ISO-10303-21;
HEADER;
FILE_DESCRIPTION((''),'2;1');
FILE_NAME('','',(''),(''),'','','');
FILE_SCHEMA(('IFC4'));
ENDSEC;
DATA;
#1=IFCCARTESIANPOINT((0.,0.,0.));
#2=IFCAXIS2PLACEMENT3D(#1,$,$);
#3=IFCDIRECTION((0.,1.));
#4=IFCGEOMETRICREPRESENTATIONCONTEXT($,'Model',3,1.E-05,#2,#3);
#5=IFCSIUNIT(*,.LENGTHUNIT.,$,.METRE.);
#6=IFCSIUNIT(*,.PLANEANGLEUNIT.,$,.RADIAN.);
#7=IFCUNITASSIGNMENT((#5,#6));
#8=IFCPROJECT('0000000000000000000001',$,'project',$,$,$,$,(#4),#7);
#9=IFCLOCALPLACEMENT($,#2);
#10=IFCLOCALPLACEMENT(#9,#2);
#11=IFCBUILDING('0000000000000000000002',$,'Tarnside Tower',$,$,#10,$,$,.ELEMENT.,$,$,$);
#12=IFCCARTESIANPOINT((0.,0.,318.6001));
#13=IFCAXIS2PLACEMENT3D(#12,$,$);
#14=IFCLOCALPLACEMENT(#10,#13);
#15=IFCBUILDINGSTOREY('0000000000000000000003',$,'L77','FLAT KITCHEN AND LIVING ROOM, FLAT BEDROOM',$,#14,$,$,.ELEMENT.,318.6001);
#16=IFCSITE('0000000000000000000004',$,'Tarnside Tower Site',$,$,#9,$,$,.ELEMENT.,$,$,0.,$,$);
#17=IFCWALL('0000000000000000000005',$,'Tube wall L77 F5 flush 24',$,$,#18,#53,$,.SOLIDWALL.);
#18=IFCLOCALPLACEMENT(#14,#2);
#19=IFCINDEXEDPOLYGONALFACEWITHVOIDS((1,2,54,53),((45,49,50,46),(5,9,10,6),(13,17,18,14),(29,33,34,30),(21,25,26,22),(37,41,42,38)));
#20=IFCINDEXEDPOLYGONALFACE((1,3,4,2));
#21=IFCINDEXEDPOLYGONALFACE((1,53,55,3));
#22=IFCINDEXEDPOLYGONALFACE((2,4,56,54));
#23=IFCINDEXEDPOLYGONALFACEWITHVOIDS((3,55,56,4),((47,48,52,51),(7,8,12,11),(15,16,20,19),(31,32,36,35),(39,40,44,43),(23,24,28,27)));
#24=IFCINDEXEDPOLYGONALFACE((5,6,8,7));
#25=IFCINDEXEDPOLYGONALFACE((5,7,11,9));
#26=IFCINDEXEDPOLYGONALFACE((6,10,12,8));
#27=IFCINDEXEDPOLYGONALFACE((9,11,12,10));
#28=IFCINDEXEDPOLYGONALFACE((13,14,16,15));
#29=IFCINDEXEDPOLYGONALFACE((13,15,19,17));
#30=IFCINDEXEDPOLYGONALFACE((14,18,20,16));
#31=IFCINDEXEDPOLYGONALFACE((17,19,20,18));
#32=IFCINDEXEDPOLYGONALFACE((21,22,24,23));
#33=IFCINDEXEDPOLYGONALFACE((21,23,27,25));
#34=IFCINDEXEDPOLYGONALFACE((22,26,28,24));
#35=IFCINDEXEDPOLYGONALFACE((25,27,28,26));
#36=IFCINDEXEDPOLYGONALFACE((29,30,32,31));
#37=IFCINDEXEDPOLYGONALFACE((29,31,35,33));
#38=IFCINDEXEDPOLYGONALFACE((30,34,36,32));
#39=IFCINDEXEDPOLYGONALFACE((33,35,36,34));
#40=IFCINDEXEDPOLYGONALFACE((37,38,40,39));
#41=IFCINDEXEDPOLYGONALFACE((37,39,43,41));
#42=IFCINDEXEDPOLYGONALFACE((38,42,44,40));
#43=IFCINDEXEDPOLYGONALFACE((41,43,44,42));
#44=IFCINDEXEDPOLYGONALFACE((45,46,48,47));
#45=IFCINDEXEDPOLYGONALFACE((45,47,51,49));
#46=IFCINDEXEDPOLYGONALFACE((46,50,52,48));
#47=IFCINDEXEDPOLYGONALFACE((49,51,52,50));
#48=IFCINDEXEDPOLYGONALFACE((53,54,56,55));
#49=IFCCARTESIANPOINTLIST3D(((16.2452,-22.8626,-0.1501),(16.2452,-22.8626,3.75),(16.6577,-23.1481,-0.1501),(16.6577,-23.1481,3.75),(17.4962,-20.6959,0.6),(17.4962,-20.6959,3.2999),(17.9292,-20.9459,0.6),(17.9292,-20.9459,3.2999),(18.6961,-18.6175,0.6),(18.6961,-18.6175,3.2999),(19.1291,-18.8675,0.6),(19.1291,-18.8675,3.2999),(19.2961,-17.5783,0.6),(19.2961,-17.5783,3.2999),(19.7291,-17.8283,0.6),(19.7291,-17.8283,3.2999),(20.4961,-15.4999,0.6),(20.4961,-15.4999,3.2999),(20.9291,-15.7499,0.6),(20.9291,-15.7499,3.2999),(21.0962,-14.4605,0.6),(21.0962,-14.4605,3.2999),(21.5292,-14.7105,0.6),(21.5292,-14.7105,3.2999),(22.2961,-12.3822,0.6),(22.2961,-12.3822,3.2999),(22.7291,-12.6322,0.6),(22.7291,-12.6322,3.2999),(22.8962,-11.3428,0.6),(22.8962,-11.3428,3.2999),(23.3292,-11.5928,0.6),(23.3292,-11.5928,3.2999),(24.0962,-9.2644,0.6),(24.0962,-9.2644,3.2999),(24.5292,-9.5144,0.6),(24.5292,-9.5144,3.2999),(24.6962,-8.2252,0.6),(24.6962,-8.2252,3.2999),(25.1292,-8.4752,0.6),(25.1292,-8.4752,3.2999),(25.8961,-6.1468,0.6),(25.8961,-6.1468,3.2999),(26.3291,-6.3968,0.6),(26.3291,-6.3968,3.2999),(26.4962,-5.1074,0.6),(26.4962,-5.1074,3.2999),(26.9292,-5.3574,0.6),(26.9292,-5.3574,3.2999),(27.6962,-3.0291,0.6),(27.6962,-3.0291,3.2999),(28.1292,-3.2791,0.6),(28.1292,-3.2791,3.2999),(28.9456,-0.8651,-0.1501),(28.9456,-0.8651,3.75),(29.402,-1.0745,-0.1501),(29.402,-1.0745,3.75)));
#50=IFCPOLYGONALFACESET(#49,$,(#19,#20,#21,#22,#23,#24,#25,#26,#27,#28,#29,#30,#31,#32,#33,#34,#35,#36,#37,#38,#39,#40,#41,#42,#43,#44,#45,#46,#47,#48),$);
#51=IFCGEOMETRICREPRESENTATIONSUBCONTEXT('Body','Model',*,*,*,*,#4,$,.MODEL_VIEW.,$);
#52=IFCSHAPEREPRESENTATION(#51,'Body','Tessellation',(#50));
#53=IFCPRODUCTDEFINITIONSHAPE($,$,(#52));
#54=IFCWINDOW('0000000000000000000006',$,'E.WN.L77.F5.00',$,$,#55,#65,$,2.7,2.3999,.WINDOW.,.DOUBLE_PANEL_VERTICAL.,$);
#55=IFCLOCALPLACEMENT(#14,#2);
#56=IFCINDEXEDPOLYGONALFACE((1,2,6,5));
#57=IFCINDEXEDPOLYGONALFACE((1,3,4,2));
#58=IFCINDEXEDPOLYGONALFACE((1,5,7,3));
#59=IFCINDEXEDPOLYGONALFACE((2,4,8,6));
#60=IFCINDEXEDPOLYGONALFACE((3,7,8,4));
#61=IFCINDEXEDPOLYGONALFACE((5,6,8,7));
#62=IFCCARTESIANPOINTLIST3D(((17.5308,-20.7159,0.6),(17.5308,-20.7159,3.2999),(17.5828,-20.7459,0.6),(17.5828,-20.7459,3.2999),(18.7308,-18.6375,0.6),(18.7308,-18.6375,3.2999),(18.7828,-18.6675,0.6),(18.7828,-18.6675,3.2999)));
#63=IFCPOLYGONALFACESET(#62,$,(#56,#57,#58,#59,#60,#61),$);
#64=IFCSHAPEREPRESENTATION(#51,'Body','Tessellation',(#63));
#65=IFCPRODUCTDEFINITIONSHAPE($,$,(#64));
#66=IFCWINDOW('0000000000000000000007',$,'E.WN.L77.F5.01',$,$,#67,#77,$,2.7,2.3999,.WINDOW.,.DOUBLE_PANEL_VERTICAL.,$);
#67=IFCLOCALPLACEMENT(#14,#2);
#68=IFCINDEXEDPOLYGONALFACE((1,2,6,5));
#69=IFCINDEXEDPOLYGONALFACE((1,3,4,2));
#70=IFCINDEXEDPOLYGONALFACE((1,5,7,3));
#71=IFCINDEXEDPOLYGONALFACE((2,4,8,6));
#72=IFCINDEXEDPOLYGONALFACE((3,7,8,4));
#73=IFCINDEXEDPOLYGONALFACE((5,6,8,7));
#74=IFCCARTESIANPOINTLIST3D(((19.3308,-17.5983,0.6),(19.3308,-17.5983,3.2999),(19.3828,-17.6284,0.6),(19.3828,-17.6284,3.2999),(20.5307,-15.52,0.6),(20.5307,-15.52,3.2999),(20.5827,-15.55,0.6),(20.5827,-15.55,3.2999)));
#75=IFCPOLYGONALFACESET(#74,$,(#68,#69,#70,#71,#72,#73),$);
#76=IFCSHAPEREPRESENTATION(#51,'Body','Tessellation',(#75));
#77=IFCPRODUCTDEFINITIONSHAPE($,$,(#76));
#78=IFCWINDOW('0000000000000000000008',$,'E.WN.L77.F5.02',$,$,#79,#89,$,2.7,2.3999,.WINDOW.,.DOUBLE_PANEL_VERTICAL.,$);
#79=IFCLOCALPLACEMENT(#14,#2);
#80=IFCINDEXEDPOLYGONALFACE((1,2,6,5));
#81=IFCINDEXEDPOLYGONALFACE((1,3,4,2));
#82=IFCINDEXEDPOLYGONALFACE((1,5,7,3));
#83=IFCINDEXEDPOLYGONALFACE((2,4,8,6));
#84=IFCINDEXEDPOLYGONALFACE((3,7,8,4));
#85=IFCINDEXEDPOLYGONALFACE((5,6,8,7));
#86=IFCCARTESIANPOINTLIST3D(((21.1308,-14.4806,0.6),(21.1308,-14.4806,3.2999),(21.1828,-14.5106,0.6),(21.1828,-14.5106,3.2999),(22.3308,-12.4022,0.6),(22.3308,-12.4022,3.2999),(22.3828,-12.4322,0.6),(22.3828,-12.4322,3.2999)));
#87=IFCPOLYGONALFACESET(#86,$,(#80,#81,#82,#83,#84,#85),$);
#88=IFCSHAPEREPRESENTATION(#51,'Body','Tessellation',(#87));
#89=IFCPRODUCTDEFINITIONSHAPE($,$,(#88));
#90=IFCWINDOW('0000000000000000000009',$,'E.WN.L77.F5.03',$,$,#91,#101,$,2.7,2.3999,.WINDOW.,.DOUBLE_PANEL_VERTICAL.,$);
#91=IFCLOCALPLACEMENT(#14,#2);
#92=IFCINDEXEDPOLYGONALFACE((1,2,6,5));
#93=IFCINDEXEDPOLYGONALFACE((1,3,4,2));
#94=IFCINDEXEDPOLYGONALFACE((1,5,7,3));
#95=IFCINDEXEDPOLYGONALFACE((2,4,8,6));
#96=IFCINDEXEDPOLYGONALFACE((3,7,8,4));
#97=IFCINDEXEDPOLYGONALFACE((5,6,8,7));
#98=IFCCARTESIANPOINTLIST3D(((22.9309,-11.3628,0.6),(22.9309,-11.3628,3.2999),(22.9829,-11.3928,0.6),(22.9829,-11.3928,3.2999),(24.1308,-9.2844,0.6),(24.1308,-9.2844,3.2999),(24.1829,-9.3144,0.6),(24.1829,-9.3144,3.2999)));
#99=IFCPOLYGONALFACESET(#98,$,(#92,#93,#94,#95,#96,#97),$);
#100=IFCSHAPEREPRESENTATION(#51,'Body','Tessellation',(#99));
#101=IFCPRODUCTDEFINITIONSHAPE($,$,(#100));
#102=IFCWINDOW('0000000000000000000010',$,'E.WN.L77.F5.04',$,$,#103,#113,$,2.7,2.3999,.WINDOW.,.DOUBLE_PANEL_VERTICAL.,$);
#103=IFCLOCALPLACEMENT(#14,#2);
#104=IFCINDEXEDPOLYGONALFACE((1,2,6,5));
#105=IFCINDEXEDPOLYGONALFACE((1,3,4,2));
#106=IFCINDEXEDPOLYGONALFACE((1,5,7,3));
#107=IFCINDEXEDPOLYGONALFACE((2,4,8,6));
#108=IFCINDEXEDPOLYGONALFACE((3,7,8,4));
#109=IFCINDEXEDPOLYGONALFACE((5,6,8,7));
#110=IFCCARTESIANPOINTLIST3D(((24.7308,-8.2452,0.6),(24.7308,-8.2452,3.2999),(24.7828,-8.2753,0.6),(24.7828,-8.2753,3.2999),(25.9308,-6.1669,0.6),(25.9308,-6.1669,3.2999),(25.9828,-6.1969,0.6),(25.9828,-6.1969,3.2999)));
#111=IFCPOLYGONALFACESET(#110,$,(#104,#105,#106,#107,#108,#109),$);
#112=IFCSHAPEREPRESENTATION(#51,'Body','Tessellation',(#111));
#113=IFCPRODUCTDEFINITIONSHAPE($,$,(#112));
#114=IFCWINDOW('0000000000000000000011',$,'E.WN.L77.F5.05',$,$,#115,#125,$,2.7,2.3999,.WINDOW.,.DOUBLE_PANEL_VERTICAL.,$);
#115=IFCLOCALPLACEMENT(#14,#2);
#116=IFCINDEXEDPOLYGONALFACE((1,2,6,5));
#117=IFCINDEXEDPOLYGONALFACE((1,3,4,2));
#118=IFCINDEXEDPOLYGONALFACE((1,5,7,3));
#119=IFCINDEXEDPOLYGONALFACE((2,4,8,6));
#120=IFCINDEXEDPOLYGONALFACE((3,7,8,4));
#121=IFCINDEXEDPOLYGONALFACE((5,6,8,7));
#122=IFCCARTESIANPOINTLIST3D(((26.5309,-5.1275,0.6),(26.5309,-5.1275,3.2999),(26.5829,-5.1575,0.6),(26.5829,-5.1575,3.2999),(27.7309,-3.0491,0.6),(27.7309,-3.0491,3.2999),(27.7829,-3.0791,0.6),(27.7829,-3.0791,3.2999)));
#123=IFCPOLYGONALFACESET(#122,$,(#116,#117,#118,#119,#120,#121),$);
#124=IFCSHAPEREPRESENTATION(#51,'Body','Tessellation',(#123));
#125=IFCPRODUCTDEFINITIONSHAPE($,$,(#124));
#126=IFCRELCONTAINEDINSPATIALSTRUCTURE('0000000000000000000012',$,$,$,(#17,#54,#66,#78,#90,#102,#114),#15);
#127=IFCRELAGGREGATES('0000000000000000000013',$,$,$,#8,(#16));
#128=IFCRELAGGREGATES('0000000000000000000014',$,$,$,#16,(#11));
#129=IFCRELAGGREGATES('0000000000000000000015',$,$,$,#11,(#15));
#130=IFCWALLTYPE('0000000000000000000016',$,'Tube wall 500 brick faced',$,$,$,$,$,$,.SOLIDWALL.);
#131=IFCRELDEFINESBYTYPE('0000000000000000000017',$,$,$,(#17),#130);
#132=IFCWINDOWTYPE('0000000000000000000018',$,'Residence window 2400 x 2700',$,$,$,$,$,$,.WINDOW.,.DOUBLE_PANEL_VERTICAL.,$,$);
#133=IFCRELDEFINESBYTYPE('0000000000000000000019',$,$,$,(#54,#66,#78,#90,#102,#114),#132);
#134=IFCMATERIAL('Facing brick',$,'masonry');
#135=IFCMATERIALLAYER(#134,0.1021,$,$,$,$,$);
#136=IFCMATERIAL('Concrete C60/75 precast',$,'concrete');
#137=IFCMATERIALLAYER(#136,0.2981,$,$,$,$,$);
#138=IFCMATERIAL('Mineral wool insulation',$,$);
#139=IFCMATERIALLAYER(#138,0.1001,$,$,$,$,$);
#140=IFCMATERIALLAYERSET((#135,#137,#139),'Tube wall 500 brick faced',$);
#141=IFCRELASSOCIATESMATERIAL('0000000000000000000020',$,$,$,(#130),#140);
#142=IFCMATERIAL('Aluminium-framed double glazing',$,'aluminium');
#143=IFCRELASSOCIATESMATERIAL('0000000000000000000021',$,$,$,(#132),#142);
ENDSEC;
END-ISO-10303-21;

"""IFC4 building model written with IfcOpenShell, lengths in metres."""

from ifc_helpers import new_model, si_unit, direction, frame, frame_2d, origin, place, context, subcontext, project, spatial, polyline, rectangle, outline, extrude, material, layer, layer_set, type_object, element, fill, save


model = new_model("IFC4")

# Units and contexts
model_context = context("Model", 3, precision=1e-05, world=origin(), true_north=direction((0.0, 1.0)))
body_context = subcontext(model_context, "Body", "Model", "MODEL_VIEW")
ifc_project = project(units=[si_unit("LENGTHUNIT", "METRE"), si_unit("PLANEANGLEUNIT", "RADIAN")], contexts=[model_context])

# Site, building, storey
site_placement = place(None, origin())
site = spatial("IfcSite", under=ifc_project, at=site_placement, Name="Tarnside Tower Site", CompositionType="ELEMENT", RefElevation=0.0)
building_placement = place(site_placement, origin())
building = spatial("IfcBuilding", under=site, at=building_placement, Name="Tarnside Tower", CompositionType="ELEMENT")
storey_placement = place(building_placement, frame((0.0, 0.0, 318.6001)))
storey = spatial("IfcBuildingStorey", under=building, at=storey_placement, Name="L77", Description="FLAT KITCHEN AND LIVING ROOM, FLAT BEDROOM", CompositionType="ELEMENT", Elevation=318.6001)

# Shared definitions
ifc_material_1 = material(Name="Concrete C60/75 precast", Category="concrete")
ifc_material_2 = material(Name="Mineral wool insulation")

# Shared definitions
ifc_material_3 = material(Name="Facing brick", Category="masonry")
ifc_layer_1 = layer(ifc_material_3, 0.1021)
ifc_layer_2 = layer(ifc_material_1, 0.2981)
ifc_layer_3 = layer(ifc_material_2, 0.1001)
ifc_layer_set_1 = layer_set([ifc_layer_1, ifc_layer_2, ifc_layer_3], Name="Tube wall 500 brick faced")
wall_type_1 = type_object("IfcWallType", Name="Tube wall 500 brick faced", PredefinedType="SOLIDWALL", material=ifc_layer_set_1)

# Wall, openings, windows
wall_1_placement = place(storey_placement, frame((16.4514, -23.0054, -0.1501), z_axis=(0.0, 0.0, 1.0), x_axis=(0.500004, 0.866023, 0.0)))
wall_1 = element("IfcWall", 1, at=wall_1_placement, inside=storey, type_object=wall_type_1, Name="Tube wall L77 F5 flush 24", PredefinedType="SOLIDWALL", context=body_context, shape_type="SweptSolid", body=[
    extrude(outline(polyline([(-0.0205, -0.25), (25.468, -0.25), (25.4211, 0.25), (0.0205, 0.25), (-0.0205, -0.25)])), origin(), (0.0, 0.0, 1.0), 3.9001),
])
opening_1_placement = place(wall_1_placement, frame((2.5225, 0.0, 0.75)))
opening_1 = element("IfcOpeningElement", 2, at=opening_1_placement, cuts=wall_1, PredefinedType="OPENING", context=body_context, shape_type="SweptSolid", body=[
    extrude(rectangle(XDim=2.3999, YDim=2.7, at=frame_2d((1.2, 1.3501))), frame((0.0, 0.26, 0.0), z_axis=(0.0, -1.0, 0.0), x_axis=(1.0, 0.0, 0.0)), (0.0, 0.0, 1.0), 0.52),
])
opening_2_placement = place(wall_1_placement, frame((6.1223, 0.0, 0.75)))
opening_2 = element("IfcOpeningElement", 3, at=opening_2_placement, cuts=wall_1, PredefinedType="OPENING", context=body_context, shape_type="SweptSolid", body=[
    extrude(rectangle(XDim=2.3999, YDim=2.7, at=frame_2d((1.2, 1.3501))), frame((0.0, 0.26, 0.0), z_axis=(0.0, -1.0, 0.0), x_axis=(1.0, 0.0, 0.0)), (0.0, 0.0, 1.0), 0.52),
])
opening_3_placement = place(wall_1_placement, frame((9.7224, 0.0, 0.75)))
opening_3 = element("IfcOpeningElement", 4, at=opening_3_placement, cuts=wall_1, PredefinedType="OPENING", context=body_context, shape_type="SweptSolid", body=[
    extrude(rectangle(XDim=2.3999, YDim=2.7, at=frame_2d((1.2, 1.3501))), frame((0.0, 0.26, 0.0), z_axis=(0.0, -1.0, 0.0), x_axis=(1.0, 0.0, 0.0)), (0.0, 0.0, 1.0), 0.52),
])
opening_4_placement = place(wall_1_placement, frame((13.3225, 0.0, 0.75)))
opening_4 = element("IfcOpeningElement", 5, at=opening_4_placement, cuts=wall_1, PredefinedType="OPENING", context=body_context, shape_type="SweptSolid", body=[
    extrude(rectangle(XDim=2.3999, YDim=2.7, at=frame_2d((1.2, 1.3501))), frame((0.0, 0.26, 0.0), z_axis=(0.0, -1.0, 0.0), x_axis=(1.0, 0.0, 0.0)), (0.0, 0.0, 1.0), 0.52),
])
opening_5_placement = place(wall_1_placement, frame((16.9224, 0.0, 0.75)))
opening_5 = element("IfcOpeningElement", 6, at=opening_5_placement, cuts=wall_1, PredefinedType="OPENING", context=body_context, shape_type="SweptSolid", body=[
    extrude(rectangle(XDim=2.3999, YDim=2.7, at=frame_2d((1.2, 1.3501))), frame((0.0, 0.26, 0.0), z_axis=(0.0, -1.0, 0.0), x_axis=(1.0, 0.0, 0.0)), (0.0, 0.0, 1.0), 0.52),
])
opening_6_placement = place(wall_1_placement, frame((20.5225, 0.0, 0.75)))
opening_6 = element("IfcOpeningElement", 7, at=opening_6_placement, cuts=wall_1, PredefinedType="OPENING", context=body_context, shape_type="SweptSolid", body=[
    extrude(rectangle(XDim=2.3999, YDim=2.7, at=frame_2d((1.2, 1.3501))), frame((0.0, 0.26, 0.0), z_axis=(0.0, -1.0, 0.0), x_axis=(1.0, 0.0, 0.0)), (0.0, 0.0, 1.0), 0.52),
])
ifc_material_4 = material(Name="Aluminium-framed double glazing", Category="aluminium")
window_type = type_object("IfcWindowType", Name="Residence window 2400 x 2700", PartitioningType="DOUBLE_PANEL_VERTICAL", PredefinedType="WINDOW", material=ifc_material_4)
window_1_placement = place(opening_1_placement, frame((0.0, 0.1799, 0.0)))
window_1 = element("IfcWindow", 8, at=window_1_placement, inside=storey, type_object=window_type, Name="E.WN.L77.F5.00", OverallHeight=2.7, OverallWidth=2.3999, PartitioningType="DOUBLE_PANEL_VERTICAL", PredefinedType="WINDOW", context=body_context, shape_type="SweptSolid", body=[
    extrude(rectangle(XDim=2.3999, YDim=2.7, at=frame_2d((1.2, 1.3501))), frame((0.0, 0.03, 0.0), z_axis=(0.0, -1.0, 0.0), x_axis=(1.0, 0.0, 0.0)), (0.0, 0.0, 1.0), 0.0601),
])
fill(opening_1, window_1)
window_2_placement = place(opening_2_placement, frame((0.0, 0.1799, 0.0)))
window_2 = element("IfcWindow", 9, at=window_2_placement, inside=storey, type_object=window_type, Name="E.WN.L77.F5.01", OverallHeight=2.7, OverallWidth=2.3999, PartitioningType="DOUBLE_PANEL_VERTICAL", PredefinedType="WINDOW", context=body_context, shape_type="SweptSolid", body=[
    extrude(rectangle(XDim=2.3999, YDim=2.7, at=frame_2d((1.2, 1.3501))), frame((0.0, 0.03, 0.0), z_axis=(0.0, -1.0, 0.0), x_axis=(1.0, 0.0, 0.0)), (0.0, 0.0, 1.0), 0.0601),
])
fill(opening_2, window_2)
window_3_placement = place(opening_3_placement, frame((0.0, 0.1799, 0.0)))
window_3 = element("IfcWindow", 10, at=window_3_placement, inside=storey, type_object=window_type, Name="E.WN.L77.F5.02", OverallHeight=2.7, OverallWidth=2.3999, PartitioningType="DOUBLE_PANEL_VERTICAL", PredefinedType="WINDOW", context=body_context, shape_type="SweptSolid", body=[
    extrude(rectangle(XDim=2.3999, YDim=2.7, at=frame_2d((1.2, 1.3501))), frame((0.0, 0.03, 0.0), z_axis=(0.0, -1.0, 0.0), x_axis=(1.0, 0.0, 0.0)), (0.0, 0.0, 1.0), 0.0601),
])
fill(opening_3, window_3)
window_4_placement = place(opening_4_placement, frame((0.0, 0.1799, 0.0)))
window_4 = element("IfcWindow", 11, at=window_4_placement, inside=storey, type_object=window_type, Name="E.WN.L77.F5.03", OverallHeight=2.7, OverallWidth=2.3999, PartitioningType="DOUBLE_PANEL_VERTICAL", PredefinedType="WINDOW", context=body_context, shape_type="SweptSolid", body=[
    extrude(rectangle(XDim=2.3999, YDim=2.7, at=frame_2d((1.2, 1.3501))), frame((0.0, 0.03, 0.0), z_axis=(0.0, -1.0, 0.0), x_axis=(1.0, 0.0, 0.0)), (0.0, 0.0, 1.0), 0.0601),
])
fill(opening_4, window_4)
window_5_placement = place(opening_5_placement, frame((0.0, 0.1799, 0.0)))
window_5 = element("IfcWindow", 12, at=window_5_placement, inside=storey, type_object=window_type, Name="E.WN.L77.F5.04", OverallHeight=2.7, OverallWidth=2.3999, PartitioningType="DOUBLE_PANEL_VERTICAL", PredefinedType="WINDOW", context=body_context, shape_type="SweptSolid", body=[
    extrude(rectangle(XDim=2.3999, YDim=2.7, at=frame_2d((1.2, 1.3501))), frame((0.0, 0.03, 0.0), z_axis=(0.0, -1.0, 0.0), x_axis=(1.0, 0.0, 0.0)), (0.0, 0.0, 1.0), 0.0601),
])
fill(opening_5, window_5)
window_6_placement = place(opening_6_placement, frame((0.0, 0.1799, 0.0)))
window_6 = element("IfcWindow", 13, at=window_6_placement, inside=storey, type_object=window_type, Name="E.WN.L77.F5.05", OverallHeight=2.7, OverallWidth=2.3999, PartitioningType="DOUBLE_PANEL_VERTICAL", PredefinedType="WINDOW", context=body_context, shape_type="SweptSolid", body=[
    extrude(rectangle(XDim=2.3999, YDim=2.7, at=frame_2d((1.2, 1.3501))), frame((0.0, 0.03, 0.0), z_axis=(0.0, -1.0, 0.0), x_axis=(1.0, 0.0, 0.0)), (0.0, 0.0, 1.0), 0.0601),
])
fill(opening_6, window_6)

save(model, "model.ifc")
